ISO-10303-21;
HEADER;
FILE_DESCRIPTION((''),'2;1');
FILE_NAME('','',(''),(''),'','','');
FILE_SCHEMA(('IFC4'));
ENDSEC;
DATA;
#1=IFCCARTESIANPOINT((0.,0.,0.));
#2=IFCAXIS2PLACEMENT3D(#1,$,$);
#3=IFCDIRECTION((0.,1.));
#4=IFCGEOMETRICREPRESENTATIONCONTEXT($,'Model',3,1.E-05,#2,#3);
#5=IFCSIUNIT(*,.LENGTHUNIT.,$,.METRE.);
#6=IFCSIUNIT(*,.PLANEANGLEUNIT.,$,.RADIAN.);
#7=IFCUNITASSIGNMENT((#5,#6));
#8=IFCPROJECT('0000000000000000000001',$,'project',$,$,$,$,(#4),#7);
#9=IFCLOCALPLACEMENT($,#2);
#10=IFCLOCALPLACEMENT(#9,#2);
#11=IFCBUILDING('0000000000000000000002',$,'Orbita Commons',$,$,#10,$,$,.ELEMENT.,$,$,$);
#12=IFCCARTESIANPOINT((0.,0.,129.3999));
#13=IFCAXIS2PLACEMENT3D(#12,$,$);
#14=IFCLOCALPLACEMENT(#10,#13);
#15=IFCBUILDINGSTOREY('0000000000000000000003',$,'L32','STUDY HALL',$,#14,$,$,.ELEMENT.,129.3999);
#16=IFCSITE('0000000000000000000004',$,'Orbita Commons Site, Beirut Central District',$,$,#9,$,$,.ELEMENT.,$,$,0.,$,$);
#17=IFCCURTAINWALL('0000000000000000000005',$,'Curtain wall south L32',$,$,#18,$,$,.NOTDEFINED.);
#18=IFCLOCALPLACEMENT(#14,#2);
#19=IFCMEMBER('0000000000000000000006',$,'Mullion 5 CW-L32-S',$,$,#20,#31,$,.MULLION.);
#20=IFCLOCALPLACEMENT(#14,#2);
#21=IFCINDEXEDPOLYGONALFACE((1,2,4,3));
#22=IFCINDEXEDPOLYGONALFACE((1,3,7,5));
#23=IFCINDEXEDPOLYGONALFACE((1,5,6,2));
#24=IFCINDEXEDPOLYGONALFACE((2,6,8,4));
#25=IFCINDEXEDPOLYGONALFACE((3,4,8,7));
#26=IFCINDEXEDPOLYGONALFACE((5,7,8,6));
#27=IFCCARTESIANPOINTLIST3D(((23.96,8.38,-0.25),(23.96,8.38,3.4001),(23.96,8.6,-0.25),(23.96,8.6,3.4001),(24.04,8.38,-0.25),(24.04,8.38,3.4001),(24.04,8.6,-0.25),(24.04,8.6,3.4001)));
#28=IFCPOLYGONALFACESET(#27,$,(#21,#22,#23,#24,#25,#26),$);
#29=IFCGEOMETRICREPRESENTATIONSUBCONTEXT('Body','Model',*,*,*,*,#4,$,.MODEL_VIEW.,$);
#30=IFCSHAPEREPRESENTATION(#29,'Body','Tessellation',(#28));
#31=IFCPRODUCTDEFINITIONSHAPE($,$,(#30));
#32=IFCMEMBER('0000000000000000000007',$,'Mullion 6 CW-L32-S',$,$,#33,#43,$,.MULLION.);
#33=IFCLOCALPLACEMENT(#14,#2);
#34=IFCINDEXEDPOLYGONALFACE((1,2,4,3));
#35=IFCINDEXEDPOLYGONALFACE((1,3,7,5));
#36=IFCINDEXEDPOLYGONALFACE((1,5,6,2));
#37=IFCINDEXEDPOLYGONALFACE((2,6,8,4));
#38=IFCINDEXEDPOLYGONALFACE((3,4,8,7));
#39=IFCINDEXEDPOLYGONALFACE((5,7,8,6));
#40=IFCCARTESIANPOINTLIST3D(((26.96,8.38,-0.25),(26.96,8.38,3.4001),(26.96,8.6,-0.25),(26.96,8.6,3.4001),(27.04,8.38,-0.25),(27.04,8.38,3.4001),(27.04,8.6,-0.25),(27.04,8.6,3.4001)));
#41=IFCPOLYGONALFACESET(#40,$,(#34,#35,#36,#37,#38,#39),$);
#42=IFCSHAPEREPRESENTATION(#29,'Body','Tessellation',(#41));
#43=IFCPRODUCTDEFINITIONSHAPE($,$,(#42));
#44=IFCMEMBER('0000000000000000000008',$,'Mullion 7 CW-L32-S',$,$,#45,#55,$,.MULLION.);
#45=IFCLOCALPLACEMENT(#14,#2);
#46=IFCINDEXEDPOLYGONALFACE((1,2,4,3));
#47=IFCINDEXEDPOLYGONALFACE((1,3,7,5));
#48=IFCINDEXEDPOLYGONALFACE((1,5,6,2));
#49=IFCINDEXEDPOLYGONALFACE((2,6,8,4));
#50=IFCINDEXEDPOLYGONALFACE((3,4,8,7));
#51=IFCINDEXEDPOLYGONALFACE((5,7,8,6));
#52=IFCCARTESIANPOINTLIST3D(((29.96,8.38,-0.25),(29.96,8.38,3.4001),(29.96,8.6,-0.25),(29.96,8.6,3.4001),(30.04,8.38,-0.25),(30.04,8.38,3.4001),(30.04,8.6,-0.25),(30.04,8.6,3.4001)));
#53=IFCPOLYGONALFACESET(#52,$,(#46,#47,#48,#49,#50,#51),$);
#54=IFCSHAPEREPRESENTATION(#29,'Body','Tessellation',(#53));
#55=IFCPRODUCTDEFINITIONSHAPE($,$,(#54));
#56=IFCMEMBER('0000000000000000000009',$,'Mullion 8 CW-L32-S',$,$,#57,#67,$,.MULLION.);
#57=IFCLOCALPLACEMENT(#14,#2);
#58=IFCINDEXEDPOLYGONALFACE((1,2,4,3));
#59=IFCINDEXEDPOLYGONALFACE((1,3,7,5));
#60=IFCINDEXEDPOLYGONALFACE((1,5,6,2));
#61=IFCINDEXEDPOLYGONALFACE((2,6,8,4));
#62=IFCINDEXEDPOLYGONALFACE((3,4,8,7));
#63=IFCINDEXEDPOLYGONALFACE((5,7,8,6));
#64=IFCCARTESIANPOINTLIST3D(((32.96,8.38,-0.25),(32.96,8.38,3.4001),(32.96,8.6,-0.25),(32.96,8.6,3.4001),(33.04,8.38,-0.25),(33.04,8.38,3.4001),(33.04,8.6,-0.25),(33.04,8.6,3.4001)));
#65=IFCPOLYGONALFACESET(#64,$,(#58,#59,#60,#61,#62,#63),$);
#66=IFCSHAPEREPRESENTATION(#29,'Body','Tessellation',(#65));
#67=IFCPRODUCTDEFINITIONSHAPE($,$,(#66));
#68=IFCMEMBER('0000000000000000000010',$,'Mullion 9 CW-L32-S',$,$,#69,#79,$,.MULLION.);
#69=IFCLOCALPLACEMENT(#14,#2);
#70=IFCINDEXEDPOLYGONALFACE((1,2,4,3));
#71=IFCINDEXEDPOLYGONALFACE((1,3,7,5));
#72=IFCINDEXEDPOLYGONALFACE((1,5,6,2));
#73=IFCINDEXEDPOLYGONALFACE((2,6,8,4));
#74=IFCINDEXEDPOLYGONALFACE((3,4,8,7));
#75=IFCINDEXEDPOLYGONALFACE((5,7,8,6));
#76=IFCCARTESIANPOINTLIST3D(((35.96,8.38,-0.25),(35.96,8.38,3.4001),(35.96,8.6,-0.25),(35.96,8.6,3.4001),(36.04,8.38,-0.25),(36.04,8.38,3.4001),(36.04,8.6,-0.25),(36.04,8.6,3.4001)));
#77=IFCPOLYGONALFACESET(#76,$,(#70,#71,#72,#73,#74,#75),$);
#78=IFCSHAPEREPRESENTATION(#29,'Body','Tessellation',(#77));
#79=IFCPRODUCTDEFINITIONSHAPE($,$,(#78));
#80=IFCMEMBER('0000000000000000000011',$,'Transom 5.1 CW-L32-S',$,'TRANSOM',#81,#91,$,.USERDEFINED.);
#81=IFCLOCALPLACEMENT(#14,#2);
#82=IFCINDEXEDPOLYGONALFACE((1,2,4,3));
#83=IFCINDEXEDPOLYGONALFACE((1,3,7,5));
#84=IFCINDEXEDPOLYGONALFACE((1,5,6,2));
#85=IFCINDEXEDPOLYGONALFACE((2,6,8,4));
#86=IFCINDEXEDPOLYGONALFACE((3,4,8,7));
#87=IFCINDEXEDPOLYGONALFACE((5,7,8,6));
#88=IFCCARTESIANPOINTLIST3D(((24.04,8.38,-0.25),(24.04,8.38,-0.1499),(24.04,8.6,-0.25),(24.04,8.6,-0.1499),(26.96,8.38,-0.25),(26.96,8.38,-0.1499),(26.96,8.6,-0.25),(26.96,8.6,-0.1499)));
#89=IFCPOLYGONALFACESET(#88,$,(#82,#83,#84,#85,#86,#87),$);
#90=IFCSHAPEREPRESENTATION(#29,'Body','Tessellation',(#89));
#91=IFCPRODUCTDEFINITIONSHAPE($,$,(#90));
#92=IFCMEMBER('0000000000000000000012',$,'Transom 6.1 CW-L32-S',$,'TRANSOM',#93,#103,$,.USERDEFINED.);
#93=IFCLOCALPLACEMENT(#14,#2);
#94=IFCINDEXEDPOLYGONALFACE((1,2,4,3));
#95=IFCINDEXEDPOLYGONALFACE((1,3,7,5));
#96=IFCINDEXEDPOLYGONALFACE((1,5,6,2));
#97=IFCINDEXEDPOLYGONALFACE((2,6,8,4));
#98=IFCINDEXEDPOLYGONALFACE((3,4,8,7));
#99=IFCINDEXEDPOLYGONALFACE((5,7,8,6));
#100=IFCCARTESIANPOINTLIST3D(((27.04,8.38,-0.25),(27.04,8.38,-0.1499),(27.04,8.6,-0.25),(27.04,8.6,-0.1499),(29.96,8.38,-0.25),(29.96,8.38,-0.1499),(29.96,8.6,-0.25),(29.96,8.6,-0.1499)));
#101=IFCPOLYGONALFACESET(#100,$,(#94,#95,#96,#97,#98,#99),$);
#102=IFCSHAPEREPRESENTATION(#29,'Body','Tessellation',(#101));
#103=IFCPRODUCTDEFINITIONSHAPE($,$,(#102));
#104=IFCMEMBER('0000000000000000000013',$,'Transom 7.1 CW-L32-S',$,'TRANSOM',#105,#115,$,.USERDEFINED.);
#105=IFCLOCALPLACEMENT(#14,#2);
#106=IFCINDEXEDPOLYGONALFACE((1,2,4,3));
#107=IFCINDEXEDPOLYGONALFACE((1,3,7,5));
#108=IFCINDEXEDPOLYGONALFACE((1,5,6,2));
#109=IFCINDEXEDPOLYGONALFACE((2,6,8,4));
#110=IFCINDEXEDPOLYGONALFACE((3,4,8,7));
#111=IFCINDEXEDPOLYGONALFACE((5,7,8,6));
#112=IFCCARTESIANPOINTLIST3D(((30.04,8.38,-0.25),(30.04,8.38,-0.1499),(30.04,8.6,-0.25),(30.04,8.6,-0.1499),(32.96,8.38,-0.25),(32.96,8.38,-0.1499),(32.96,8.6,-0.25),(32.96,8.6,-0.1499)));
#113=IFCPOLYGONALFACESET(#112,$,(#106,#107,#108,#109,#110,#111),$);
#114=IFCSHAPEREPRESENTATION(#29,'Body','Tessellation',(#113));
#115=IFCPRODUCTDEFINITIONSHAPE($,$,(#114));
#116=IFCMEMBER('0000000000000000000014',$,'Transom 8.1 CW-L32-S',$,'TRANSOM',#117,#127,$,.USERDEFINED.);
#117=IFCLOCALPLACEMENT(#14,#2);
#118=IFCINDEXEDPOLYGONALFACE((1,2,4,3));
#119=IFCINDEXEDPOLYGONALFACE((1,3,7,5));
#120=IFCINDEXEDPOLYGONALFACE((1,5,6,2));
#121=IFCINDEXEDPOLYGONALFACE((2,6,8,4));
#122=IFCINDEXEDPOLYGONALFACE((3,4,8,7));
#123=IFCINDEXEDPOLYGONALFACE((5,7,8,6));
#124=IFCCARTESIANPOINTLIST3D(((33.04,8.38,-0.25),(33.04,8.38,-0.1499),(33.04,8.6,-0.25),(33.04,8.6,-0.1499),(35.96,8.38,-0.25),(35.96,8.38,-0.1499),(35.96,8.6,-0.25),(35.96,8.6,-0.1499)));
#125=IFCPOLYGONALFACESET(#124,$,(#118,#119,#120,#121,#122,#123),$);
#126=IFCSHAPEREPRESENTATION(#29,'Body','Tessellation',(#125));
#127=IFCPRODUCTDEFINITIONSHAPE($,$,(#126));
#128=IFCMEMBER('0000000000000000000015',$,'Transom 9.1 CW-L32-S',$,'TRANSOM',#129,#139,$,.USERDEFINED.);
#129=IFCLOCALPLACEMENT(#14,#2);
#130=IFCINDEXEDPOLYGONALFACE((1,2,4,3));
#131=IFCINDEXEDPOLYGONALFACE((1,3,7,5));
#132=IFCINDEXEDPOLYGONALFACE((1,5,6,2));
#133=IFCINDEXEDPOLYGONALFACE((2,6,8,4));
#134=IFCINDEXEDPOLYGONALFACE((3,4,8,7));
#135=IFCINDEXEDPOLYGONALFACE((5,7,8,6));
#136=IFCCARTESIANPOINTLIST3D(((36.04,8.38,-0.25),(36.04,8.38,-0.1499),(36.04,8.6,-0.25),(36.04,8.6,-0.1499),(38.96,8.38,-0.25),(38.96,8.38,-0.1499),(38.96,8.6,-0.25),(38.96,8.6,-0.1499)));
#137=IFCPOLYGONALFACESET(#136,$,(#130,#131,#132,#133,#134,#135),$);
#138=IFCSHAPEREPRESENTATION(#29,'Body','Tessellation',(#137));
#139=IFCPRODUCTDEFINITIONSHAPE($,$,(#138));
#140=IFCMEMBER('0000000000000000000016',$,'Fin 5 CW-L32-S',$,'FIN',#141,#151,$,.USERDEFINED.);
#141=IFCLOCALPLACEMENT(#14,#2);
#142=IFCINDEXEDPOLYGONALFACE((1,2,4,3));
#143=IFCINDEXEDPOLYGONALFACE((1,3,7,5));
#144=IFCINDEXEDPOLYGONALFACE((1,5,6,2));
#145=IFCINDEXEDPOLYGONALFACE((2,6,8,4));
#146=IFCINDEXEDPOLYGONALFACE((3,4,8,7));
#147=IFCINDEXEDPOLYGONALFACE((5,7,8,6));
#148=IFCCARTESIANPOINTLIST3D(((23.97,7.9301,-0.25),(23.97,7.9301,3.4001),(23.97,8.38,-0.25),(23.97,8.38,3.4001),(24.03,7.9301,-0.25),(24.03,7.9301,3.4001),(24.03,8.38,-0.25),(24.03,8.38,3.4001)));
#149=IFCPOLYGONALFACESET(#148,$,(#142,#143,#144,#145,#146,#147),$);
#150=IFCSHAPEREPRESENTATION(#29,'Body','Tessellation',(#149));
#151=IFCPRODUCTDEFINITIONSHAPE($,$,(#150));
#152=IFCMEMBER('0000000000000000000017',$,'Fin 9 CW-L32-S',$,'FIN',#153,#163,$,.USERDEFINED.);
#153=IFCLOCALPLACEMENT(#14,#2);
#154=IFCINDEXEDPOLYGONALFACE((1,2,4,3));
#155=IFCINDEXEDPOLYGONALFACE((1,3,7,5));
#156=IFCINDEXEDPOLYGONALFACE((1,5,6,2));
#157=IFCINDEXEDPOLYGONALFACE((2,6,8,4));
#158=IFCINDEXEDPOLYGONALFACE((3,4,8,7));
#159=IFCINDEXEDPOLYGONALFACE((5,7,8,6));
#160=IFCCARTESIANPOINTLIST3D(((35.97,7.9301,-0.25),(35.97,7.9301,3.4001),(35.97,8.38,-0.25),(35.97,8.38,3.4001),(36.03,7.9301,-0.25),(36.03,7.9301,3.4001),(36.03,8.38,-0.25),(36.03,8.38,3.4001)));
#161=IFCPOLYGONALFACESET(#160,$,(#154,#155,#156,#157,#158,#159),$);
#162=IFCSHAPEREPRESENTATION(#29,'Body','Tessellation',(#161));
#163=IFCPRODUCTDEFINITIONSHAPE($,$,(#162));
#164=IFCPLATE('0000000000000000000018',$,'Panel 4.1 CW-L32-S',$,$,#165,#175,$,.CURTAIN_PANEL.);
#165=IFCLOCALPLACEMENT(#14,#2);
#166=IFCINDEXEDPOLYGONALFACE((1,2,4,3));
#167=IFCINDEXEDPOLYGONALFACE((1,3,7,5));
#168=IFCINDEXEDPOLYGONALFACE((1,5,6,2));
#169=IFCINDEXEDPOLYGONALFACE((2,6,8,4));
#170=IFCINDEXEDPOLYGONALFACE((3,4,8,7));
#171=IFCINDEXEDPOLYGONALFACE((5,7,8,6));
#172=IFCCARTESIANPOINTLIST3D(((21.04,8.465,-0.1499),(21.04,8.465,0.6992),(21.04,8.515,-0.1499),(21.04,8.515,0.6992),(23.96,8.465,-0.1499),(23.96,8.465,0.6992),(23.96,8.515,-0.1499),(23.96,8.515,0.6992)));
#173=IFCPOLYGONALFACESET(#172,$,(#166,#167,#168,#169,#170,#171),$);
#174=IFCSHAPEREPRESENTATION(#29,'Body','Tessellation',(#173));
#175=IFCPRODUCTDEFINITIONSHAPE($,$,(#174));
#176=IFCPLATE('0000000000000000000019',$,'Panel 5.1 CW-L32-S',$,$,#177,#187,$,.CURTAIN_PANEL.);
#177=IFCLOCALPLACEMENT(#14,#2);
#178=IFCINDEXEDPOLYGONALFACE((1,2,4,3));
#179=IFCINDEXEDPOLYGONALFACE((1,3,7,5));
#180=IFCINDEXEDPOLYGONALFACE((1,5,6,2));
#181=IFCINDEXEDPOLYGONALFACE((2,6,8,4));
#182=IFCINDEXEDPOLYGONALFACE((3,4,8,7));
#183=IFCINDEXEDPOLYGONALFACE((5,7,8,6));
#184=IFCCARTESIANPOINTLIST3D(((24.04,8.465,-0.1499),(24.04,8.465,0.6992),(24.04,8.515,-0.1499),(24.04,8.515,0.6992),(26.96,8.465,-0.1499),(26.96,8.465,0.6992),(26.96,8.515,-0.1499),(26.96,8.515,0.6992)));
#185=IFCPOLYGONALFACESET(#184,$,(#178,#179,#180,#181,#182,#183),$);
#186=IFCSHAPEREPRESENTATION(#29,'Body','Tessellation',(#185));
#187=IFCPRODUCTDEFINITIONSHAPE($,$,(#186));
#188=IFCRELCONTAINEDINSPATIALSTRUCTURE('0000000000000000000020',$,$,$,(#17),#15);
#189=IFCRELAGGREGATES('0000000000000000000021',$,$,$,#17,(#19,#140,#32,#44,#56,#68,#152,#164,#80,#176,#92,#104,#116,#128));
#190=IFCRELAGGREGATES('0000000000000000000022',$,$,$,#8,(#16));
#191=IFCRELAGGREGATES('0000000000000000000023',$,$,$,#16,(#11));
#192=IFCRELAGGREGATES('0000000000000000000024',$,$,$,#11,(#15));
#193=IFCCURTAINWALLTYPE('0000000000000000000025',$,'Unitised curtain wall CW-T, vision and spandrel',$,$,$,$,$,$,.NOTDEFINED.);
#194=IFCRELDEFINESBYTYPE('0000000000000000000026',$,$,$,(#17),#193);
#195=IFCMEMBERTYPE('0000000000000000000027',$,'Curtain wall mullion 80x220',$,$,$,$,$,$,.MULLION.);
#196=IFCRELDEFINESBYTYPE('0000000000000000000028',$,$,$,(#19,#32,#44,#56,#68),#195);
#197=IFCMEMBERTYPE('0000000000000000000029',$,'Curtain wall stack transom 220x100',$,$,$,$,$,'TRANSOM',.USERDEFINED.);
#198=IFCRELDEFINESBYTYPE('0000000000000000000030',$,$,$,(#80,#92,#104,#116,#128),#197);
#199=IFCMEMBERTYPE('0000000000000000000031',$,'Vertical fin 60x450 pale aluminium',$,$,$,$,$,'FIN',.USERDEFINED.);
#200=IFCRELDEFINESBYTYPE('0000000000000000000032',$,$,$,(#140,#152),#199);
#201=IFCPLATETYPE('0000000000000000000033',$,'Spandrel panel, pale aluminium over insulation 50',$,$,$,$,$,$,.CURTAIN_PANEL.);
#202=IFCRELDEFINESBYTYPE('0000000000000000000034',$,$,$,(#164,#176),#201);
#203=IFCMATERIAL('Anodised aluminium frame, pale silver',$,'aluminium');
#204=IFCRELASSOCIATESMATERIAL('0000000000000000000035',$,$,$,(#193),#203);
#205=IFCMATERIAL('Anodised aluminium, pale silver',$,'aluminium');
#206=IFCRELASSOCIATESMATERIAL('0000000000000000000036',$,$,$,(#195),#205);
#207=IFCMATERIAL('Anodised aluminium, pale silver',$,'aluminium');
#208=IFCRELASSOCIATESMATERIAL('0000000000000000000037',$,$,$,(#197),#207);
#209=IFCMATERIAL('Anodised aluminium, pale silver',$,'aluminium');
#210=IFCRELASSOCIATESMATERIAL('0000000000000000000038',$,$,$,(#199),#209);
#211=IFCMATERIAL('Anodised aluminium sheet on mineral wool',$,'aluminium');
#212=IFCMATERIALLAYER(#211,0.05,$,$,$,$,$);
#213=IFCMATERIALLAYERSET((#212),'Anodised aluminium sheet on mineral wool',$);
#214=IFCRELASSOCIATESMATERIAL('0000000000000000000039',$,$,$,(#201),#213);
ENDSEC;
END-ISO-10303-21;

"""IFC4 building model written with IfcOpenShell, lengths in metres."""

from ifc_helpers import new_model, si_unit, direction, frame, origin, origin_2d, place, context, subcontext, project, spatial, rectangle, extrude, material, layer, layer_set, material_profile, profile_set, type_object, element, aggregate, save


model = new_model("IFC4")

# Units and contexts
model_context = context("Model", 3, precision=1e-05, world=origin(), true_north=direction((0.0, 1.0)))
body_context = subcontext(model_context, "Body", "Model", "MODEL_VIEW")
ifc_project = project(units=[si_unit("LENGTHUNIT", "METRE"), si_unit("PLANEANGLEUNIT", "RADIAN")], contexts=[model_context])

# Site, building, storey
site_placement = place(None, origin())
site = spatial("IfcSite", under=ifc_project, at=site_placement, Name="Orbita Commons Site, Beirut Central District", CompositionType="ELEMENT", RefElevation=0.0)
building_placement = place(site_placement, origin())
building = spatial("IfcBuilding", under=site, at=building_placement, Name="Orbita Commons", CompositionType="ELEMENT")
storey_placement = place(building_placement, frame((0.0, 0.0, 129.3999)))
storey = spatial("IfcBuildingStorey", under=building, at=storey_placement, Name="L32", Description="STUDY HALL", CompositionType="ELEMENT", Elevation=129.3999)

# Curtain wall, members, plates
ifc_material_1 = material(Name="Anodised aluminium frame, pale silver", Category="aluminium")
curtain_wall_type = type_object("IfcCurtainWallType", Name="Unitised curtain wall CW-T, vision and spandrel", PredefinedType="NOTDEFINED", material=ifc_material_1)
curtain_wall_placement = place(storey_placement, origin())
curtain_wall = element("IfcCurtainWall", 1, at=curtain_wall_placement, inside=storey, type_object=curtain_wall_type, Name="Curtain wall south L32", PredefinedType="NOTDEFINED")
ifc_material_2 = material(Name="Anodised aluminium, pale silver", Category="aluminium")
ifc_material_profile_1 = material_profile(ifc_material_2, rectangle(XDim=0.0801, YDim=0.22, at=origin_2d()), Name="AL 80x220")
ifc_profile_set_1 = profile_set([ifc_material_profile_1], Name="Anodised aluminium, pale silver")
member_type_1 = type_object("IfcMemberType", Name="Curtain wall mullion 80x220", PredefinedType="MULLION", material=ifc_profile_set_1)
member_1_placement = place(storey_placement, frame((24.0, 8.49, -0.25), z_axis=(0.0, 0.0, 1.0), x_axis=(1.0, 0.0, 0.0)))
member_1 = element("IfcMember", 2, at=member_1_placement, type_object=member_type_1, Name="Mullion 5 CW-L32-S", PredefinedType="MULLION", context=body_context, shape_type="SweptSolid", body=[
    extrude(rectangle(XDim=0.0801, YDim=0.22, at=origin_2d()), origin(), (0.0, 0.0, 1.0), 3.6501),
])
member_2_placement = place(storey_placement, frame((27.0, 8.49, -0.25), z_axis=(0.0, 0.0, 1.0), x_axis=(1.0, 0.0, 0.0)))
member_2 = element("IfcMember", 3, at=member_2_placement, type_object=member_type_1, Name="Mullion 6 CW-L32-S", PredefinedType="MULLION", context=body_context, shape_type="SweptSolid", body=[
    extrude(rectangle(XDim=0.0801, YDim=0.22, at=origin_2d()), origin(), (0.0, 0.0, 1.0), 3.6501),
])
member_3_placement = place(storey_placement, frame((30.0, 8.49, -0.25), z_axis=(0.0, 0.0, 1.0), x_axis=(1.0, 0.0, 0.0)))
member_3 = element("IfcMember", 4, at=member_3_placement, type_object=member_type_1, Name="Mullion 7 CW-L32-S", PredefinedType="MULLION", context=body_context, shape_type="SweptSolid", body=[
    extrude(rectangle(XDim=0.0801, YDim=0.22, at=origin_2d()), origin(), (0.0, 0.0, 1.0), 3.6501),
])
member_4_placement = place(storey_placement, frame((33.0, 8.49, -0.25), z_axis=(0.0, 0.0, 1.0), x_axis=(1.0, 0.0, 0.0)))
member_4 = element("IfcMember", 5, at=member_4_placement, type_object=member_type_1, Name="Mullion 8 CW-L32-S", PredefinedType="MULLION", context=body_context, shape_type="SweptSolid", body=[
    extrude(rectangle(XDim=0.0801, YDim=0.22, at=origin_2d()), origin(), (0.0, 0.0, 1.0), 3.6501),
])
member_5_placement = place(storey_placement, frame((36.0, 8.49, -0.25), z_axis=(0.0, 0.0, 1.0), x_axis=(1.0, 0.0, 0.0)))
member_5 = element("IfcMember", 6, at=member_5_placement, type_object=member_type_1, Name="Mullion 9 CW-L32-S", PredefinedType="MULLION", context=body_context, shape_type="SweptSolid", body=[
    extrude(rectangle(XDim=0.0801, YDim=0.22, at=origin_2d()), origin(), (0.0, 0.0, 1.0), 3.6501),
])
ifc_material_3 = material(Name="Anodised aluminium, pale silver", Category="aluminium")
ifc_material_profile_2 = material_profile(ifc_material_3, rectangle(XDim=0.22, YDim=0.1001, at=origin_2d()), Name="AL 220x100")
ifc_profile_set_2 = profile_set([ifc_material_profile_2], Name="Anodised aluminium, pale silver")
member_type_2 = type_object("IfcMemberType", Name="Curtain wall stack transom 220x100", ElementType="TRANSOM", PredefinedType="USERDEFINED", material=ifc_profile_set_2)
member_6_placement = place(storey_placement, frame((24.04, 8.49, -0.2), z_axis=(1.0, 0.0, 0.0), x_axis=(0.0, 1.0, 0.0)))
member_6 = element("IfcMember", 7, at=member_6_placement, type_object=member_type_2, Name="Transom 5.1 CW-L32-S", ObjectType="TRANSOM", PredefinedType="USERDEFINED", context=body_context, shape_type="SweptSolid", body=[
    extrude(rectangle(XDim=0.22, YDim=0.1001, at=origin_2d()), origin(), (0.0, 0.0, 1.0), 2.9199),
])
member_7_placement = place(storey_placement, frame((27.04, 8.49, -0.2), z_axis=(1.0, 0.0, 0.0), x_axis=(0.0, 1.0, 0.0)))
member_7 = element("IfcMember", 8, at=member_7_placement, type_object=member_type_2, Name="Transom 6.1 CW-L32-S", ObjectType="TRANSOM", PredefinedType="USERDEFINED", context=body_context, shape_type="SweptSolid", body=[
    extrude(rectangle(XDim=0.22, YDim=0.1001, at=origin_2d()), origin(), (0.0, 0.0, 1.0), 2.9199),
])
member_8_placement = place(storey_placement, frame((30.04, 8.49, -0.2), z_axis=(1.0, 0.0, 0.0), x_axis=(0.0, 1.0, 0.0)))
member_8 = element("IfcMember", 9, at=member_8_placement, type_object=member_type_2, Name="Transom 7.1 CW-L32-S", ObjectType="TRANSOM", PredefinedType="USERDEFINED", context=body_context, shape_type="SweptSolid", body=[
    extrude(rectangle(XDim=0.22, YDim=0.1001, at=origin_2d()), origin(), (0.0, 0.0, 1.0), 2.9199),
])
member_9_placement = place(storey_placement, frame((33.04, 8.49, -0.2), z_axis=(1.0, 0.0, 0.0), x_axis=(0.0, 1.0, 0.0)))
member_9 = element("IfcMember", 10, at=member_9_placement, type_object=member_type_2, Name="Transom 8.1 CW-L32-S", ObjectType="TRANSOM", PredefinedType="USERDEFINED", context=body_context, shape_type="SweptSolid", body=[
    extrude(rectangle(XDim=0.22, YDim=0.1001, at=origin_2d()), origin(), (0.0, 0.0, 1.0), 2.9199),
])
member_10_placement = place(storey_placement, frame((36.04, 8.49, -0.2), z_axis=(1.0, 0.0, 0.0), x_axis=(0.0, 1.0, 0.0)))
member_10 = element("IfcMember", 11, at=member_10_placement, type_object=member_type_2, Name="Transom 9.1 CW-L32-S", ObjectType="TRANSOM", PredefinedType="USERDEFINED", context=body_context, shape_type="SweptSolid", body=[
    extrude(rectangle(XDim=0.22, YDim=0.1001, at=origin_2d()), origin(), (0.0, 0.0, 1.0), 2.9199),
])
ifc_material_4 = material(Name="Anodised aluminium, pale silver", Category="aluminium")
ifc_material_profile_3 = material_profile(ifc_material_4, rectangle(XDim=0.0601, YDim=0.45, at=origin_2d()), Name="FIN 60x450")
ifc_profile_set_3 = profile_set([ifc_material_profile_3], Name="Anodised aluminium, pale silver")
member_type_3 = type_object("IfcMemberType", Name="Vertical fin 60x450 pale aluminium", ElementType="FIN", PredefinedType="USERDEFINED", material=ifc_profile_set_3)
member_11_placement = place(storey_placement, frame((24.0, 8.155, -0.25), z_axis=(0.0, 0.0, 1.0), x_axis=(1.0, 0.0, 0.0)))
member_11 = element("IfcMember", 12, at=member_11_placement, type_object=member_type_3, Name="Fin 5 CW-L32-S", ObjectType="FIN", PredefinedType="USERDEFINED", context=body_context, shape_type="SweptSolid", body=[
    extrude(rectangle(XDim=0.0601, YDim=0.45, at=origin_2d()), origin(), (0.0, 0.0, 1.0), 3.6501),
])
member_12_placement = place(storey_placement, frame((36.0, 8.155, -0.25), z_axis=(0.0, 0.0, 1.0), x_axis=(1.0, 0.0, 0.0)))
member_12 = element("IfcMember", 13, at=member_12_placement, type_object=member_type_3, Name="Fin 9 CW-L32-S", ObjectType="FIN", PredefinedType="USERDEFINED", context=body_context, shape_type="SweptSolid", body=[
    extrude(rectangle(XDim=0.0601, YDim=0.45, at=origin_2d()), origin(), (0.0, 0.0, 1.0), 3.6501),
])
ifc_material_5 = material(Name="Anodised aluminium sheet on mineral wool", Category="aluminium")
ifc_layer_1 = layer(ifc_material_5, 0.05)
ifc_layer_set_1 = layer_set([ifc_layer_1], Name="Anodised aluminium sheet on mineral wool")
plate_type_1 = type_object("IfcPlateType", Name="Spandrel panel, pale aluminium over insulation 50", PredefinedType="CURTAIN_PANEL", material=ifc_layer_set_1)
plate_1_placement = place(storey_placement, frame((22.5, 8.49, -0.1499), z_axis=(0.0, 0.0, 1.0), x_axis=(1.0, 0.0, 0.0)))
plate_1 = element("IfcPlate", 14, at=plate_1_placement, type_object=plate_type_1, Name="Panel 4.1 CW-L32-S", PredefinedType="CURTAIN_PANEL", context=body_context, shape_type="SweptSolid", body=[
    extrude(rectangle(XDim=2.9199, YDim=0.05, at=origin_2d()), origin(), (0.0, 0.0, 1.0), 0.8491),
])
plate_2_placement = place(storey_placement, frame((25.5, 8.49, -0.1499), z_axis=(0.0, 0.0, 1.0), x_axis=(1.0, 0.0, 0.0)))
plate_2 = element("IfcPlate", 15, at=plate_2_placement, type_object=plate_type_1, Name="Panel 5.1 CW-L32-S", PredefinedType="CURTAIN_PANEL", context=body_context, shape_type="SweptSolid", body=[
    extrude(rectangle(XDim=2.9199, YDim=0.05, at=origin_2d()), origin(), (0.0, 0.0, 1.0), 0.8491),
])
aggregate(curtain_wall, [member_1, member_11, member_2, member_3, member_4, member_5, member_12, plate_1, member_6, plate_2, member_7, member_8, member_9, member_10])

save(model, "model.ifc")
